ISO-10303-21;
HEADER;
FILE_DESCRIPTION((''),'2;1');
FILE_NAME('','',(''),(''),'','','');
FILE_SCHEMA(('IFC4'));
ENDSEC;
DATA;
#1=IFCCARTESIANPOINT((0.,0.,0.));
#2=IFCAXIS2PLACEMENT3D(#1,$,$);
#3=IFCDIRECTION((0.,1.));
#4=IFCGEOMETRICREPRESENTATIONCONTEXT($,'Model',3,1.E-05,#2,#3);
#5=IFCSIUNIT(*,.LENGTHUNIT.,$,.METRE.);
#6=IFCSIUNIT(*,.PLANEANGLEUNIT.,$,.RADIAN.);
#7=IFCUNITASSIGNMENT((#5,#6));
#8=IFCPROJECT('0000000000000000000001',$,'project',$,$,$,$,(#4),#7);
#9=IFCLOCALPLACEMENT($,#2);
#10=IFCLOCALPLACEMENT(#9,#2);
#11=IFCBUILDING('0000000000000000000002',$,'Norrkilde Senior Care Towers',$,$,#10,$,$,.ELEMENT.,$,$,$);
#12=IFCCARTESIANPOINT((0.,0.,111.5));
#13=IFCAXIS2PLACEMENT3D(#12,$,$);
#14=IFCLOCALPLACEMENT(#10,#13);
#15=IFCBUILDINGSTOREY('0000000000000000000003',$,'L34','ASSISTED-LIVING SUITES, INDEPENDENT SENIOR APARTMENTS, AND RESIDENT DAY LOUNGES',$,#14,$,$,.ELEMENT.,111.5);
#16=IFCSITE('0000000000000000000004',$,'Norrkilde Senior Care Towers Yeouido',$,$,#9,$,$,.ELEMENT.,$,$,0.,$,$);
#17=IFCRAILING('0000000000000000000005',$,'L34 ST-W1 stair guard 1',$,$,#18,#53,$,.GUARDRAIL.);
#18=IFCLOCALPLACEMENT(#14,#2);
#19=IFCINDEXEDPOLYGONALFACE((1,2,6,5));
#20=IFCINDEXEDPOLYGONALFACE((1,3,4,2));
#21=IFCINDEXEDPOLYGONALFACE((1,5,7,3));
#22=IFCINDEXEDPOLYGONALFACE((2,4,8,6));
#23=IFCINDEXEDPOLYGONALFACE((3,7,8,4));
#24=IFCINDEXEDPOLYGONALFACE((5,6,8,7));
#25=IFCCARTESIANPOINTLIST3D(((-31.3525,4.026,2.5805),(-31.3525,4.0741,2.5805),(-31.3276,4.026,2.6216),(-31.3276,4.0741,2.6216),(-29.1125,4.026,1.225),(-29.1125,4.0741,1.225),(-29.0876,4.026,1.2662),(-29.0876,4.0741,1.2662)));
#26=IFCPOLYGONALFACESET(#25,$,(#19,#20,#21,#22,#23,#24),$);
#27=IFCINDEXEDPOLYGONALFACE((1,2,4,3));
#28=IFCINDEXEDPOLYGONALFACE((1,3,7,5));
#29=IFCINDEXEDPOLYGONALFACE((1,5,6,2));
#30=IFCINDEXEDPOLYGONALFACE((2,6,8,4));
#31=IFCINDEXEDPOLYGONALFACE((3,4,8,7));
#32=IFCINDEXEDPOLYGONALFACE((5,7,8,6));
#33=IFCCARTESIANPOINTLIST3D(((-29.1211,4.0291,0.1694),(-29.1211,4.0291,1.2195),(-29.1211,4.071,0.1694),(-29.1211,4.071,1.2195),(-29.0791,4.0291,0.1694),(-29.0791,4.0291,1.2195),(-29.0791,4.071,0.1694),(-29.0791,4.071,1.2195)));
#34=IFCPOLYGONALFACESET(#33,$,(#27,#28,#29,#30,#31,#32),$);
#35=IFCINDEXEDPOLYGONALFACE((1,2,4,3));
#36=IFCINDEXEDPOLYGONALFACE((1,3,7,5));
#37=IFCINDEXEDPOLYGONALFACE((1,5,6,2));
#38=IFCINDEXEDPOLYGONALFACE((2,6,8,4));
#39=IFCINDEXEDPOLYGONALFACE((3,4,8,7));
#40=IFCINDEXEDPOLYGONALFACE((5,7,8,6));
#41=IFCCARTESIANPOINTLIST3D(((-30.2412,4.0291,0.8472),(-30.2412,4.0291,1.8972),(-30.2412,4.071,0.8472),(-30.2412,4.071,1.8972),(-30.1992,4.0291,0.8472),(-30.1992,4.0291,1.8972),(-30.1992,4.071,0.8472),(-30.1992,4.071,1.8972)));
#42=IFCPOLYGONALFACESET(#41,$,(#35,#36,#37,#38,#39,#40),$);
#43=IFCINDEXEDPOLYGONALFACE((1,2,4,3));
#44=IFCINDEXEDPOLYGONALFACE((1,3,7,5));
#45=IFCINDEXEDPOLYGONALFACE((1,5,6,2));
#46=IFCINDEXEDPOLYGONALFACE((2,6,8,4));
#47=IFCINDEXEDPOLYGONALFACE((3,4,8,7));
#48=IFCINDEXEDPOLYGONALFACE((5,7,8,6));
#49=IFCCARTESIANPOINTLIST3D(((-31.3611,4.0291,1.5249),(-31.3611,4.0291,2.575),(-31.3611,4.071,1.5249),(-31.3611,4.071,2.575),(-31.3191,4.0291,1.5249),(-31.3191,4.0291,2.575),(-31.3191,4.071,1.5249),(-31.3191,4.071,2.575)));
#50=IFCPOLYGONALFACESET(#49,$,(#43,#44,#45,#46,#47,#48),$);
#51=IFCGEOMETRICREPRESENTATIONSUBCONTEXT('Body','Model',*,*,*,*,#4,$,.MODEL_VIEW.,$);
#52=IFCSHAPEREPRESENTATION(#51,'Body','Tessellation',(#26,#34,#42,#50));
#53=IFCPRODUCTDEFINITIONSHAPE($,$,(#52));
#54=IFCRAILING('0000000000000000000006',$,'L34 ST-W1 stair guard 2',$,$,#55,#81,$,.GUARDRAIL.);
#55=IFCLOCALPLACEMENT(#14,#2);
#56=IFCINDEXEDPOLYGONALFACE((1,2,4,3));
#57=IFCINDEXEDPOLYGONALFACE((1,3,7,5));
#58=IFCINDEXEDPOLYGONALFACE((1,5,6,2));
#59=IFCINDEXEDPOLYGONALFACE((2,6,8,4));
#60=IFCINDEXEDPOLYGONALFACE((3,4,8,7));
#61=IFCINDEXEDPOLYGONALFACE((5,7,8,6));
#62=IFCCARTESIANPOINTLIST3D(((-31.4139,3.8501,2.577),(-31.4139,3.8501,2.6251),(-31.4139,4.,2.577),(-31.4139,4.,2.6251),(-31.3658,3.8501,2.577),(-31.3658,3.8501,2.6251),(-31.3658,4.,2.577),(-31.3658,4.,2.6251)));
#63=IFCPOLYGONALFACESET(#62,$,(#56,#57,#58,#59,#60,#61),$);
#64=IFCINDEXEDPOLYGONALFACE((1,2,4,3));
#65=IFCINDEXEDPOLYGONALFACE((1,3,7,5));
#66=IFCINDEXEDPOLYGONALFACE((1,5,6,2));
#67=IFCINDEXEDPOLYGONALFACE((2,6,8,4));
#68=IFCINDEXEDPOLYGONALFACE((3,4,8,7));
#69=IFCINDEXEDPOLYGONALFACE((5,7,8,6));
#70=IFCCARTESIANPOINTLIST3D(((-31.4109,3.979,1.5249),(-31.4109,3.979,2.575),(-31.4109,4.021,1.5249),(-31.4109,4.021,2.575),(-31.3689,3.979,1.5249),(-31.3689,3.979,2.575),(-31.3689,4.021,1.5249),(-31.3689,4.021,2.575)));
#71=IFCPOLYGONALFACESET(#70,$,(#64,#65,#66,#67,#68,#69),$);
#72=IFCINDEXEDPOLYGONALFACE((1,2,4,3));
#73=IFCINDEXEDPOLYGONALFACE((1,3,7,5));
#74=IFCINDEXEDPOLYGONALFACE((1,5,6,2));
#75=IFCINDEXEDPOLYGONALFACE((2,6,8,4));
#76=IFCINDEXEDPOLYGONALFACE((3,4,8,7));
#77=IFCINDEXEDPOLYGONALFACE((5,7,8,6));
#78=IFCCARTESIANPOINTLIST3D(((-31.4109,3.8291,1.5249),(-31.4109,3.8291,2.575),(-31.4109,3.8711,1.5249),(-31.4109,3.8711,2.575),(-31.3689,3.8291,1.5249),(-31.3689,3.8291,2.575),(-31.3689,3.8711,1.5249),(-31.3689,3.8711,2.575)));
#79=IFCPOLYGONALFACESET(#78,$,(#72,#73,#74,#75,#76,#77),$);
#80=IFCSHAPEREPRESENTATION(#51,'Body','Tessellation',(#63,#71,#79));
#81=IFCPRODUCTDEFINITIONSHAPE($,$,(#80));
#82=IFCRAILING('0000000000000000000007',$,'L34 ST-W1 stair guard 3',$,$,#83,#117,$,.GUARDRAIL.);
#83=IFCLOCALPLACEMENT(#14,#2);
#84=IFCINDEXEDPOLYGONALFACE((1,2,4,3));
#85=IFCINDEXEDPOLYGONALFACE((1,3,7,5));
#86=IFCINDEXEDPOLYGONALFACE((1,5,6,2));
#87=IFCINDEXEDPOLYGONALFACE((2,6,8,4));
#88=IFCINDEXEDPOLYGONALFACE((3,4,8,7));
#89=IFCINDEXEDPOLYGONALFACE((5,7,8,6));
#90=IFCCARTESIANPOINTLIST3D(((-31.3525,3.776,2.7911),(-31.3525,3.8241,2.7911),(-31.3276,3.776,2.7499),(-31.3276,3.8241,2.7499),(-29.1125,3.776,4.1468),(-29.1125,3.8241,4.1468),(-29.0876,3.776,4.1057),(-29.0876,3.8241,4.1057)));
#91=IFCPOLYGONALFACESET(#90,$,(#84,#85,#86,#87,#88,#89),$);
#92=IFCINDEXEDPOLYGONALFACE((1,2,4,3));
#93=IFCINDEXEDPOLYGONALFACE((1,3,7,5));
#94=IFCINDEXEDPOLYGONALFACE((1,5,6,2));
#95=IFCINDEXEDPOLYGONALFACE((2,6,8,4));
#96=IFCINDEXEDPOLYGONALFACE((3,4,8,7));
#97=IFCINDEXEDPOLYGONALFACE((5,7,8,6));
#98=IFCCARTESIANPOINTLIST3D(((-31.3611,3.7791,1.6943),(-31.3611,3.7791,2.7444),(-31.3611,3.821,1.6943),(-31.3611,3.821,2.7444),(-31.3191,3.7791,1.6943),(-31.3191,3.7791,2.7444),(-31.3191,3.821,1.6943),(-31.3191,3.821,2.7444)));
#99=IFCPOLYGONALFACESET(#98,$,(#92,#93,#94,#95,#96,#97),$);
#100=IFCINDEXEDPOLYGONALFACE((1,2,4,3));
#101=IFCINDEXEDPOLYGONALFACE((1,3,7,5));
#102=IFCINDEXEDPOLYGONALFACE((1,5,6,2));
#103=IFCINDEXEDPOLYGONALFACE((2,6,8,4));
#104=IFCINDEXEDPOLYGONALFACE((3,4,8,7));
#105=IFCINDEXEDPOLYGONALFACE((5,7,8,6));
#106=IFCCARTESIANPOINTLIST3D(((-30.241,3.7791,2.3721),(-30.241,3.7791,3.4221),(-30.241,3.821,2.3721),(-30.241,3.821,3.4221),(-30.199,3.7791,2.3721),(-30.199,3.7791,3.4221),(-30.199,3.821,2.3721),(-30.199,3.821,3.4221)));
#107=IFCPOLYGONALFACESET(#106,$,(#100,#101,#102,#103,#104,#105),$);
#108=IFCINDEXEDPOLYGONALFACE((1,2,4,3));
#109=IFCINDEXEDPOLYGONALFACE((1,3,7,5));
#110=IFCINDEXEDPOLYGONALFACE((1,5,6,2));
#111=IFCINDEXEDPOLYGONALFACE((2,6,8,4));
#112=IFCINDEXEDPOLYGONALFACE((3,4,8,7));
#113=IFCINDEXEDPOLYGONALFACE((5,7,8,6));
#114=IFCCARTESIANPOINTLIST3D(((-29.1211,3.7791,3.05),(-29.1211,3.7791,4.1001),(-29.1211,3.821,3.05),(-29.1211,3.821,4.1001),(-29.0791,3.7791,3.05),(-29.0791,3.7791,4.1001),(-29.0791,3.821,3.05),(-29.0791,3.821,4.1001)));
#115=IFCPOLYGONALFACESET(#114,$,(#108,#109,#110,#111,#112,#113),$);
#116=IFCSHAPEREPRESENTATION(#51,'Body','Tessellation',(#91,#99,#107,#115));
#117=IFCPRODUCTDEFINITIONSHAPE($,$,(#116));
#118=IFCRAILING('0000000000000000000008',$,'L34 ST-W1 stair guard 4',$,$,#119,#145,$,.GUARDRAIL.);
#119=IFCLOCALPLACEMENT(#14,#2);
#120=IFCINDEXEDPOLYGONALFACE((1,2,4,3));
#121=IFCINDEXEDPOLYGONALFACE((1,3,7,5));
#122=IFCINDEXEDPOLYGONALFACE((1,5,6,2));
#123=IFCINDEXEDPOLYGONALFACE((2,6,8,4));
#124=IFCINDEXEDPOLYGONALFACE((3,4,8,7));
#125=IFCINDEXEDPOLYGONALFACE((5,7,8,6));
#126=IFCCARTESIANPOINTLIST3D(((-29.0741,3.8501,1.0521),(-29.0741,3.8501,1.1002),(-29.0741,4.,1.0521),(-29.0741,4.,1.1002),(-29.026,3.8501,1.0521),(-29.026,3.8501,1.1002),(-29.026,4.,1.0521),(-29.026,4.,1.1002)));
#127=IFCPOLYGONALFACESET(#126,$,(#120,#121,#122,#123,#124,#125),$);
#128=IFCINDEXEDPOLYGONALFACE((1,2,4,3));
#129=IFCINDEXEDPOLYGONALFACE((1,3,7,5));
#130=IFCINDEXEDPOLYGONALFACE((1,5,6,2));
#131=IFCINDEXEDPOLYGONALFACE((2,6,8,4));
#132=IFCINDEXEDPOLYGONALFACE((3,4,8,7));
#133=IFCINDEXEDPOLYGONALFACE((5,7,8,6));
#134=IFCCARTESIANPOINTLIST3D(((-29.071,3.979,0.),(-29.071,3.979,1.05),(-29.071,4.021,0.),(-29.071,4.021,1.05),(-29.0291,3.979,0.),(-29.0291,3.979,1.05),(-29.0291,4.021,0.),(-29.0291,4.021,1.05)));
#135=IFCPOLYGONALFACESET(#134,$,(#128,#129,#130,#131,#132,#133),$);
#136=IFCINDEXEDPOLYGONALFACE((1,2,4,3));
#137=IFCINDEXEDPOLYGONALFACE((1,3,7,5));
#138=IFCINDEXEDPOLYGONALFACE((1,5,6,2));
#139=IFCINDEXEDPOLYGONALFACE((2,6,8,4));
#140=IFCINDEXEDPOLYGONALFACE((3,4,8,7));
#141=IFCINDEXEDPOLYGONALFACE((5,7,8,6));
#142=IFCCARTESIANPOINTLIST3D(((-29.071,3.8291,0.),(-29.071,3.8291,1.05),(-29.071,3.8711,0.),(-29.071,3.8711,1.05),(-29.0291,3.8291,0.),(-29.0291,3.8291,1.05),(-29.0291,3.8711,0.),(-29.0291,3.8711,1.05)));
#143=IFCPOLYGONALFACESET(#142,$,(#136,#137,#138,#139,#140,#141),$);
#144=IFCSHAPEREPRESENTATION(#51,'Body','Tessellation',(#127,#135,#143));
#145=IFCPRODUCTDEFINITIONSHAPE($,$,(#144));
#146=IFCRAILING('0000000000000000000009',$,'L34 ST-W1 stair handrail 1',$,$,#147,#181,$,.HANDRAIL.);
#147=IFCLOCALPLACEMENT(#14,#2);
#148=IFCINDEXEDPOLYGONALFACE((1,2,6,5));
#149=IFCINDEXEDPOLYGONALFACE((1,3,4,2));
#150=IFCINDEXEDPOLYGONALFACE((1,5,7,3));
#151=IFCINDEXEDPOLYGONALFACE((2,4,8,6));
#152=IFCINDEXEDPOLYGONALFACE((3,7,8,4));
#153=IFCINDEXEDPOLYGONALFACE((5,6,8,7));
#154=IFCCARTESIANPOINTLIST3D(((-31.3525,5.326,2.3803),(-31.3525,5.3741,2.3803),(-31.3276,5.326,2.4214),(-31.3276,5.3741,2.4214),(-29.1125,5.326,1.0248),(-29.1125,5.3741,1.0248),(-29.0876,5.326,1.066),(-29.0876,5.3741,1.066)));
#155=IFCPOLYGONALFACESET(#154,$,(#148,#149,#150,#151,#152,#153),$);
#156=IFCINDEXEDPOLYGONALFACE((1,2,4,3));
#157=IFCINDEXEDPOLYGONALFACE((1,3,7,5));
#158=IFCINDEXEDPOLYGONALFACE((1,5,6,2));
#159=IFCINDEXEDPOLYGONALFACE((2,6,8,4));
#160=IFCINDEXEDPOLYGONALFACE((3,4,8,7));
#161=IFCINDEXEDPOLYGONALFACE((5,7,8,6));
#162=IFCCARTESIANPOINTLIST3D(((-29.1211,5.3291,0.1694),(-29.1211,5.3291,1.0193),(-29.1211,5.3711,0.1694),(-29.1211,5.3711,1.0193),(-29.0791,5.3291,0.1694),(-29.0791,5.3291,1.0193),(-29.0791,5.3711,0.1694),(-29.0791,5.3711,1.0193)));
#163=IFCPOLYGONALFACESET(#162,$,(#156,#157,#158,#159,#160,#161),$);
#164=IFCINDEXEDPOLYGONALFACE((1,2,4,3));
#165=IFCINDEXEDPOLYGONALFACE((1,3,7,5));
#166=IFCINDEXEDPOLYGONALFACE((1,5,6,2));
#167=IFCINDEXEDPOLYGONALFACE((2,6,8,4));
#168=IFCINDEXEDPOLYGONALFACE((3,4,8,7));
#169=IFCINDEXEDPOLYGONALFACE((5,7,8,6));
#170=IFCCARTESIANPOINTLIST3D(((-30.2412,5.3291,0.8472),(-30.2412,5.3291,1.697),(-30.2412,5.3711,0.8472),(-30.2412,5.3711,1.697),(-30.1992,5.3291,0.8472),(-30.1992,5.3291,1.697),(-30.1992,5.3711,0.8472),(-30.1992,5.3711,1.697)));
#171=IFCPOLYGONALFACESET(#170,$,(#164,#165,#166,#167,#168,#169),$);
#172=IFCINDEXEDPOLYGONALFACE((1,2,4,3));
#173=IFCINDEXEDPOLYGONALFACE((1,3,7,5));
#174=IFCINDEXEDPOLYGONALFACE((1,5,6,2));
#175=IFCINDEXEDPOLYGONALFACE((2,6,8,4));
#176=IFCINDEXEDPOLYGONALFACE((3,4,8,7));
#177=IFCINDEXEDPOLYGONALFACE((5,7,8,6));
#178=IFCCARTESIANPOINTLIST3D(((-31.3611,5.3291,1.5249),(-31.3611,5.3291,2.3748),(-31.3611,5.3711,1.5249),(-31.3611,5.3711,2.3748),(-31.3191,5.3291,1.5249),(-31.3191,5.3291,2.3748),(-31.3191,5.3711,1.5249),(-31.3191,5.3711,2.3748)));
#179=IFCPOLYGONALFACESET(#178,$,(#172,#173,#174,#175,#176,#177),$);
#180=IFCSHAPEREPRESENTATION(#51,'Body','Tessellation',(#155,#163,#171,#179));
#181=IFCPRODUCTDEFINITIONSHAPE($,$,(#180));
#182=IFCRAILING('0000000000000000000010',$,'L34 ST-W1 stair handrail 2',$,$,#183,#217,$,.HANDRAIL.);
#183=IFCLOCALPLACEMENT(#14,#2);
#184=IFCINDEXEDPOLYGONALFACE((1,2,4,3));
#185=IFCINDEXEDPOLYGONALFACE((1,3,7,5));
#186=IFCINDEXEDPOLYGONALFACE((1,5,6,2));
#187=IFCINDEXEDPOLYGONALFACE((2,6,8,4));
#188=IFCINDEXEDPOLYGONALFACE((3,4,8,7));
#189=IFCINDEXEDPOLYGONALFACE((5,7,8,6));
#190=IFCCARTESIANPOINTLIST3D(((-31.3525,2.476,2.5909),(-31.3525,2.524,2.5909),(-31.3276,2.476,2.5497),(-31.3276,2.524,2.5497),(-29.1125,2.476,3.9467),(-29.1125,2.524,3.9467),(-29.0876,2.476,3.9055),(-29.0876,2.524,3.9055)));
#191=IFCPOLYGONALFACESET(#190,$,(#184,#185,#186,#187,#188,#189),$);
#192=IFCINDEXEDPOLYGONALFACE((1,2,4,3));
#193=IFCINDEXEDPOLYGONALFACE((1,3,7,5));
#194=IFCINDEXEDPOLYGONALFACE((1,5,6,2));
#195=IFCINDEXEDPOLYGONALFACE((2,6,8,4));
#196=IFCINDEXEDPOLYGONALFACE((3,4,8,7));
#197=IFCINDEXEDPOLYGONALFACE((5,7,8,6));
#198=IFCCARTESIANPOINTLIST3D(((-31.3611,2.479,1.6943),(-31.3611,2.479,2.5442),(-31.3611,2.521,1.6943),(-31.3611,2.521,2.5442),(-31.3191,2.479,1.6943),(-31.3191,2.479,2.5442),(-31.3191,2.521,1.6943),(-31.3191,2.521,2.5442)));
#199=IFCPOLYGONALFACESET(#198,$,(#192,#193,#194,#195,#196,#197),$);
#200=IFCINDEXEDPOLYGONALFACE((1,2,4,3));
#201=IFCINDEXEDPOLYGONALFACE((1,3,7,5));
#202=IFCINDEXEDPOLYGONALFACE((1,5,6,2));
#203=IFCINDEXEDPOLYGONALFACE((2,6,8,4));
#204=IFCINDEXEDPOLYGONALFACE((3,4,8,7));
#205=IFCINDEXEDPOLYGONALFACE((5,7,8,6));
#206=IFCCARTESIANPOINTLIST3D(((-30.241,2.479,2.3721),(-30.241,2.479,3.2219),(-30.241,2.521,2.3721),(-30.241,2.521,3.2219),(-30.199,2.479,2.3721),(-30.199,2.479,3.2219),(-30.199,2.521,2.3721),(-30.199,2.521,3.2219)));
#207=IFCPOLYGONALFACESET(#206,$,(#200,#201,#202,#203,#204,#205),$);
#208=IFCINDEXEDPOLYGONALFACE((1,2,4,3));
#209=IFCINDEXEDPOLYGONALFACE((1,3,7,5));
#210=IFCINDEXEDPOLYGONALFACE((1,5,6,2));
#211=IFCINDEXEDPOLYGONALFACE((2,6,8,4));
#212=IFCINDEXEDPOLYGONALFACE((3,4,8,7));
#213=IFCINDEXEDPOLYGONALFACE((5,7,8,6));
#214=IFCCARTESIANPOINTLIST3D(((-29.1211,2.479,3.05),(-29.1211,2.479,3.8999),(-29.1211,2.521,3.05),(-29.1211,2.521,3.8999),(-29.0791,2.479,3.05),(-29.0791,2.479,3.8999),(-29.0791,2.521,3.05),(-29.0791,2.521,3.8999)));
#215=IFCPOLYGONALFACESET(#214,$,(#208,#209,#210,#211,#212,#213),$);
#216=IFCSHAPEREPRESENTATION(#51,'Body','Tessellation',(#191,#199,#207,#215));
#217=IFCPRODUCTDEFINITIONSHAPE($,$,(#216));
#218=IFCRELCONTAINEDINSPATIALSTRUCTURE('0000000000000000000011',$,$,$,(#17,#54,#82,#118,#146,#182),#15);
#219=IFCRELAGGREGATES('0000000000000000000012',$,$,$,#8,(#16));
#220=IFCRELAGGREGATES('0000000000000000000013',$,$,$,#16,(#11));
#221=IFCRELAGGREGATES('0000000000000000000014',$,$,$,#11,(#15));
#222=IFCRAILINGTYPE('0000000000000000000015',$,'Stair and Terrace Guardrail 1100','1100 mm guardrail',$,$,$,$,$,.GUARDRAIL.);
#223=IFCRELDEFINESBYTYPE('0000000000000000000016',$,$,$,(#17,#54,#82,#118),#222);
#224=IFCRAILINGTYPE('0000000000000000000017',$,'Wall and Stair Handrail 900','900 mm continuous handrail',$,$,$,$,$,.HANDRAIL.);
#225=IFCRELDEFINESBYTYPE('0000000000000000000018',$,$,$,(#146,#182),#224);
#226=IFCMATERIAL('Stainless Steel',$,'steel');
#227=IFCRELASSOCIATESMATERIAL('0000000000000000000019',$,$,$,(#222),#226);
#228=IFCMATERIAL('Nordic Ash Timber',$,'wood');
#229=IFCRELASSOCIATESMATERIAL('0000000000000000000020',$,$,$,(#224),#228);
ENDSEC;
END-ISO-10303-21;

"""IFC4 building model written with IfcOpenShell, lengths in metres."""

from ifc_helpers import new_model, si_unit, direction, frame, origin, origin_2d, place, context, subcontext, project, spatial, rectangle, extrude, material, type_object, element, save


model = new_model("IFC4")

# Units and contexts
model_context = context("Model", 3, precision=1e-05, world=origin(), true_north=direction((0.0, 1.0)))
body_context = subcontext(model_context, "Body", "Model", "MODEL_VIEW")
ifc_project = project(units=[si_unit("LENGTHUNIT", "METRE"), si_unit("PLANEANGLEUNIT", "RADIAN")], contexts=[model_context])

# Site, building, storey
site_placement = place(None, origin())
site = spatial("IfcSite", under=ifc_project, at=site_placement, Name="Norrkilde Senior Care Towers Yeouido", CompositionType="ELEMENT", RefElevation=0.0)
building_placement = place(site_placement, origin())
building = spatial("IfcBuilding", under=site, at=building_placement, Name="Norrkilde Senior Care Towers", CompositionType="ELEMENT")
storey_placement = place(building_placement, frame((0.0, 0.0, 111.5)))
storey = spatial("IfcBuildingStorey", under=building, at=storey_placement, Name="L34", Description="ASSISTED-LIVING SUITES, INDEPENDENT SENIOR APARTMENTS, AND RESIDENT DAY LOUNGES", CompositionType="ELEMENT", Elevation=111.5)

# Railings
ifc_material_1 = material(Name="Stainless Steel", Category="steel")
railing_type_1 = type_object("IfcRailingType", Name="Stair and Terrace Guardrail 1100", Description="1100 mm guardrail", PredefinedType="GUARDRAIL", material=ifc_material_1)
railing_1_placement = place(storey_placement, frame((-29.1001, 4.05, 0.1694)))
element("IfcRailing", 1, at=railing_1_placement, inside=storey, type_object=railing_type_1, Name="L34 ST-W1 stair guard 1", PredefinedType="GUARDRAIL", context=body_context, shape_type="SweptSolid", body=[
    extrude(rectangle(XDim=0.0481, YDim=0.0481, at=origin_2d()), frame((0.0, 0.0, 1.0762), z_axis=(-0.855553, 0.0, 0.517715), x_axis=(0.0, -1.0, 0.0)), (0.0, 0.0, 1.0), 2.6182),
    extrude(rectangle(XDim=0.042, YDim=0.042, at=origin_2d()), origin(), (0.0, 0.0, 1.0), 1.05),
    extrude(rectangle(XDim=0.042, YDim=0.042, at=origin_2d()), frame((-1.1201, 0.0, 0.6777)), (0.0, 0.0, 1.0), 1.05),
    extrude(rectangle(XDim=0.042, YDim=0.042, at=origin_2d()), frame((-2.24, 0.0, 1.3555)), (0.0, 0.0, 1.0), 1.05),
])
railing_2_placement = place(storey_placement, frame((-31.3899, 4.0, 1.5249)))
element("IfcRailing", 2, at=railing_2_placement, inside=storey, type_object=railing_type_1, Name="L34 ST-W1 stair guard 2", PredefinedType="GUARDRAIL", context=body_context, shape_type="SweptSolid", body=[
    extrude(rectangle(XDim=0.0481, YDim=0.0481, at=origin_2d()), frame((0.0, 0.0, 1.0762), z_axis=(0.0, -1.0, 0.0), x_axis=(1.0, 0.0, 0.0)), (0.0, 0.0, 1.0), 0.1499),
    extrude(rectangle(XDim=0.042, YDim=0.042, at=origin_2d()), origin(), (0.0, 0.0, 1.0), 1.05),
    extrude(rectangle(XDim=0.042, YDim=0.042, at=origin_2d()), frame((0.0, -0.1499, 0.0)), (0.0, 0.0, 1.0), 1.05),
])
railing_3_placement = place(storey_placement, frame((-31.3401, 3.8, 1.6943)))
element("IfcRailing", 3, at=railing_3_placement, inside=storey, type_object=railing_type_1, Name="L34 ST-W1 stair guard 3", PredefinedType="GUARDRAIL", context=body_context, shape_type="SweptSolid", body=[
    extrude(rectangle(XDim=0.0481, YDim=0.0481, at=origin_2d()), frame((0.0, 0.0, 1.0762), z_axis=(0.855512, 0.0, 0.517783), x_axis=(0.0, 1.0, 0.0)), (0.0, 0.0, 1.0), 2.6184),
    extrude(rectangle(XDim=0.042, YDim=0.042, at=origin_2d()), origin(), (0.0, 0.0, 1.0), 1.05),
    extrude(rectangle(XDim=0.042, YDim=0.042, at=origin_2d()), frame((1.1201, 0.0, 0.6777)), (0.0, 0.0, 1.0), 1.05),
    extrude(rectangle(XDim=0.042, YDim=0.042, at=origin_2d()), frame((2.24, 0.0, 1.3557)), (0.0, 0.0, 1.0), 1.05),
])
railing_4_placement = place(storey_placement, frame((-29.05, 4.0, 0.0)))
element("IfcRailing", 4, at=railing_4_placement, inside=storey, type_object=railing_type_1, Name="L34 ST-W1 stair guard 4", PredefinedType="GUARDRAIL", context=body_context, shape_type="SweptSolid", body=[
    extrude(rectangle(XDim=0.0481, YDim=0.0481, at=origin_2d()), frame((0.0, 0.0, 1.0762), z_axis=(0.0, -1.0, 0.0), x_axis=(1.0, 0.0, 0.0)), (0.0, 0.0, 1.0), 0.1499),
    extrude(rectangle(XDim=0.042, YDim=0.042, at=origin_2d()), origin(), (0.0, 0.0, 1.0), 1.05),
    extrude(rectangle(XDim=0.042, YDim=0.042, at=origin_2d()), frame((0.0, -0.1499, 0.0)), (0.0, 0.0, 1.0), 1.05),
])
ifc_material_2 = material(Name="Nordic Ash Timber", Category="wood")
railing_type_2 = type_object("IfcRailingType", Name="Wall and Stair Handrail 900", Description="900 mm continuous handrail", PredefinedType="HANDRAIL", material=ifc_material_2)
railing_5_placement = place(storey_placement, frame((-29.1001, 5.3501, 0.1694)))
element("IfcRailing", 5, at=railing_5_placement, inside=storey, type_object=railing_type_2, Name="L34 ST-W1 stair handrail 1", PredefinedType="HANDRAIL", context=body_context, shape_type="SweptSolid", body=[
    extrude(rectangle(XDim=0.0481, YDim=0.0481, at=origin_2d()), frame((0.0, 0.0, 0.876), z_axis=(-0.855553, 0.0, 0.517715), x_axis=(0.0, -1.0, 0.0)), (0.0, 0.0, 1.0), 2.6182),
    extrude(rectangle(XDim=0.042, YDim=0.042, at=origin_2d()), origin(), (0.0, 0.0, 1.0), 0.8499),
    extrude(rectangle(XDim=0.042, YDim=0.042, at=origin_2d()), frame((-1.1201, 0.0, 0.6777)), (0.0, 0.0, 1.0), 0.8499),
    extrude(rectangle(XDim=0.042, YDim=0.042, at=origin_2d()), frame((-2.24, 0.0, 1.3555)), (0.0, 0.0, 1.0), 0.8499),
])
railing_6_placement = place(storey_placement, frame((-31.3401, 2.5, 1.6943)))
element("IfcRailing", 6, at=railing_6_placement, inside=storey, type_object=railing_type_2, Name="L34 ST-W1 stair handrail 2", PredefinedType="HANDRAIL", context=body_context, shape_type="SweptSolid", body=[
    extrude(rectangle(XDim=0.0481, YDim=0.0481, at=origin_2d()), frame((0.0, 0.0, 0.876), z_axis=(0.855512, 0.0, 0.517783), x_axis=(0.0, 1.0, 0.0)), (0.0, 0.0, 1.0), 2.6184),
    extrude(rectangle(XDim=0.042, YDim=0.042, at=origin_2d()), origin(), (0.0, 0.0, 1.0), 0.8499),
    extrude(rectangle(XDim=0.042, YDim=0.042, at=origin_2d()), frame((1.1201, 0.0, 0.6777)), (0.0, 0.0, 1.0), 0.8499),
    extrude(rectangle(XDim=0.042, YDim=0.042, at=origin_2d()), frame((2.24, 0.0, 1.3557)), (0.0, 0.0, 1.0), 0.8499),
])

save(model, "model.ifc")
